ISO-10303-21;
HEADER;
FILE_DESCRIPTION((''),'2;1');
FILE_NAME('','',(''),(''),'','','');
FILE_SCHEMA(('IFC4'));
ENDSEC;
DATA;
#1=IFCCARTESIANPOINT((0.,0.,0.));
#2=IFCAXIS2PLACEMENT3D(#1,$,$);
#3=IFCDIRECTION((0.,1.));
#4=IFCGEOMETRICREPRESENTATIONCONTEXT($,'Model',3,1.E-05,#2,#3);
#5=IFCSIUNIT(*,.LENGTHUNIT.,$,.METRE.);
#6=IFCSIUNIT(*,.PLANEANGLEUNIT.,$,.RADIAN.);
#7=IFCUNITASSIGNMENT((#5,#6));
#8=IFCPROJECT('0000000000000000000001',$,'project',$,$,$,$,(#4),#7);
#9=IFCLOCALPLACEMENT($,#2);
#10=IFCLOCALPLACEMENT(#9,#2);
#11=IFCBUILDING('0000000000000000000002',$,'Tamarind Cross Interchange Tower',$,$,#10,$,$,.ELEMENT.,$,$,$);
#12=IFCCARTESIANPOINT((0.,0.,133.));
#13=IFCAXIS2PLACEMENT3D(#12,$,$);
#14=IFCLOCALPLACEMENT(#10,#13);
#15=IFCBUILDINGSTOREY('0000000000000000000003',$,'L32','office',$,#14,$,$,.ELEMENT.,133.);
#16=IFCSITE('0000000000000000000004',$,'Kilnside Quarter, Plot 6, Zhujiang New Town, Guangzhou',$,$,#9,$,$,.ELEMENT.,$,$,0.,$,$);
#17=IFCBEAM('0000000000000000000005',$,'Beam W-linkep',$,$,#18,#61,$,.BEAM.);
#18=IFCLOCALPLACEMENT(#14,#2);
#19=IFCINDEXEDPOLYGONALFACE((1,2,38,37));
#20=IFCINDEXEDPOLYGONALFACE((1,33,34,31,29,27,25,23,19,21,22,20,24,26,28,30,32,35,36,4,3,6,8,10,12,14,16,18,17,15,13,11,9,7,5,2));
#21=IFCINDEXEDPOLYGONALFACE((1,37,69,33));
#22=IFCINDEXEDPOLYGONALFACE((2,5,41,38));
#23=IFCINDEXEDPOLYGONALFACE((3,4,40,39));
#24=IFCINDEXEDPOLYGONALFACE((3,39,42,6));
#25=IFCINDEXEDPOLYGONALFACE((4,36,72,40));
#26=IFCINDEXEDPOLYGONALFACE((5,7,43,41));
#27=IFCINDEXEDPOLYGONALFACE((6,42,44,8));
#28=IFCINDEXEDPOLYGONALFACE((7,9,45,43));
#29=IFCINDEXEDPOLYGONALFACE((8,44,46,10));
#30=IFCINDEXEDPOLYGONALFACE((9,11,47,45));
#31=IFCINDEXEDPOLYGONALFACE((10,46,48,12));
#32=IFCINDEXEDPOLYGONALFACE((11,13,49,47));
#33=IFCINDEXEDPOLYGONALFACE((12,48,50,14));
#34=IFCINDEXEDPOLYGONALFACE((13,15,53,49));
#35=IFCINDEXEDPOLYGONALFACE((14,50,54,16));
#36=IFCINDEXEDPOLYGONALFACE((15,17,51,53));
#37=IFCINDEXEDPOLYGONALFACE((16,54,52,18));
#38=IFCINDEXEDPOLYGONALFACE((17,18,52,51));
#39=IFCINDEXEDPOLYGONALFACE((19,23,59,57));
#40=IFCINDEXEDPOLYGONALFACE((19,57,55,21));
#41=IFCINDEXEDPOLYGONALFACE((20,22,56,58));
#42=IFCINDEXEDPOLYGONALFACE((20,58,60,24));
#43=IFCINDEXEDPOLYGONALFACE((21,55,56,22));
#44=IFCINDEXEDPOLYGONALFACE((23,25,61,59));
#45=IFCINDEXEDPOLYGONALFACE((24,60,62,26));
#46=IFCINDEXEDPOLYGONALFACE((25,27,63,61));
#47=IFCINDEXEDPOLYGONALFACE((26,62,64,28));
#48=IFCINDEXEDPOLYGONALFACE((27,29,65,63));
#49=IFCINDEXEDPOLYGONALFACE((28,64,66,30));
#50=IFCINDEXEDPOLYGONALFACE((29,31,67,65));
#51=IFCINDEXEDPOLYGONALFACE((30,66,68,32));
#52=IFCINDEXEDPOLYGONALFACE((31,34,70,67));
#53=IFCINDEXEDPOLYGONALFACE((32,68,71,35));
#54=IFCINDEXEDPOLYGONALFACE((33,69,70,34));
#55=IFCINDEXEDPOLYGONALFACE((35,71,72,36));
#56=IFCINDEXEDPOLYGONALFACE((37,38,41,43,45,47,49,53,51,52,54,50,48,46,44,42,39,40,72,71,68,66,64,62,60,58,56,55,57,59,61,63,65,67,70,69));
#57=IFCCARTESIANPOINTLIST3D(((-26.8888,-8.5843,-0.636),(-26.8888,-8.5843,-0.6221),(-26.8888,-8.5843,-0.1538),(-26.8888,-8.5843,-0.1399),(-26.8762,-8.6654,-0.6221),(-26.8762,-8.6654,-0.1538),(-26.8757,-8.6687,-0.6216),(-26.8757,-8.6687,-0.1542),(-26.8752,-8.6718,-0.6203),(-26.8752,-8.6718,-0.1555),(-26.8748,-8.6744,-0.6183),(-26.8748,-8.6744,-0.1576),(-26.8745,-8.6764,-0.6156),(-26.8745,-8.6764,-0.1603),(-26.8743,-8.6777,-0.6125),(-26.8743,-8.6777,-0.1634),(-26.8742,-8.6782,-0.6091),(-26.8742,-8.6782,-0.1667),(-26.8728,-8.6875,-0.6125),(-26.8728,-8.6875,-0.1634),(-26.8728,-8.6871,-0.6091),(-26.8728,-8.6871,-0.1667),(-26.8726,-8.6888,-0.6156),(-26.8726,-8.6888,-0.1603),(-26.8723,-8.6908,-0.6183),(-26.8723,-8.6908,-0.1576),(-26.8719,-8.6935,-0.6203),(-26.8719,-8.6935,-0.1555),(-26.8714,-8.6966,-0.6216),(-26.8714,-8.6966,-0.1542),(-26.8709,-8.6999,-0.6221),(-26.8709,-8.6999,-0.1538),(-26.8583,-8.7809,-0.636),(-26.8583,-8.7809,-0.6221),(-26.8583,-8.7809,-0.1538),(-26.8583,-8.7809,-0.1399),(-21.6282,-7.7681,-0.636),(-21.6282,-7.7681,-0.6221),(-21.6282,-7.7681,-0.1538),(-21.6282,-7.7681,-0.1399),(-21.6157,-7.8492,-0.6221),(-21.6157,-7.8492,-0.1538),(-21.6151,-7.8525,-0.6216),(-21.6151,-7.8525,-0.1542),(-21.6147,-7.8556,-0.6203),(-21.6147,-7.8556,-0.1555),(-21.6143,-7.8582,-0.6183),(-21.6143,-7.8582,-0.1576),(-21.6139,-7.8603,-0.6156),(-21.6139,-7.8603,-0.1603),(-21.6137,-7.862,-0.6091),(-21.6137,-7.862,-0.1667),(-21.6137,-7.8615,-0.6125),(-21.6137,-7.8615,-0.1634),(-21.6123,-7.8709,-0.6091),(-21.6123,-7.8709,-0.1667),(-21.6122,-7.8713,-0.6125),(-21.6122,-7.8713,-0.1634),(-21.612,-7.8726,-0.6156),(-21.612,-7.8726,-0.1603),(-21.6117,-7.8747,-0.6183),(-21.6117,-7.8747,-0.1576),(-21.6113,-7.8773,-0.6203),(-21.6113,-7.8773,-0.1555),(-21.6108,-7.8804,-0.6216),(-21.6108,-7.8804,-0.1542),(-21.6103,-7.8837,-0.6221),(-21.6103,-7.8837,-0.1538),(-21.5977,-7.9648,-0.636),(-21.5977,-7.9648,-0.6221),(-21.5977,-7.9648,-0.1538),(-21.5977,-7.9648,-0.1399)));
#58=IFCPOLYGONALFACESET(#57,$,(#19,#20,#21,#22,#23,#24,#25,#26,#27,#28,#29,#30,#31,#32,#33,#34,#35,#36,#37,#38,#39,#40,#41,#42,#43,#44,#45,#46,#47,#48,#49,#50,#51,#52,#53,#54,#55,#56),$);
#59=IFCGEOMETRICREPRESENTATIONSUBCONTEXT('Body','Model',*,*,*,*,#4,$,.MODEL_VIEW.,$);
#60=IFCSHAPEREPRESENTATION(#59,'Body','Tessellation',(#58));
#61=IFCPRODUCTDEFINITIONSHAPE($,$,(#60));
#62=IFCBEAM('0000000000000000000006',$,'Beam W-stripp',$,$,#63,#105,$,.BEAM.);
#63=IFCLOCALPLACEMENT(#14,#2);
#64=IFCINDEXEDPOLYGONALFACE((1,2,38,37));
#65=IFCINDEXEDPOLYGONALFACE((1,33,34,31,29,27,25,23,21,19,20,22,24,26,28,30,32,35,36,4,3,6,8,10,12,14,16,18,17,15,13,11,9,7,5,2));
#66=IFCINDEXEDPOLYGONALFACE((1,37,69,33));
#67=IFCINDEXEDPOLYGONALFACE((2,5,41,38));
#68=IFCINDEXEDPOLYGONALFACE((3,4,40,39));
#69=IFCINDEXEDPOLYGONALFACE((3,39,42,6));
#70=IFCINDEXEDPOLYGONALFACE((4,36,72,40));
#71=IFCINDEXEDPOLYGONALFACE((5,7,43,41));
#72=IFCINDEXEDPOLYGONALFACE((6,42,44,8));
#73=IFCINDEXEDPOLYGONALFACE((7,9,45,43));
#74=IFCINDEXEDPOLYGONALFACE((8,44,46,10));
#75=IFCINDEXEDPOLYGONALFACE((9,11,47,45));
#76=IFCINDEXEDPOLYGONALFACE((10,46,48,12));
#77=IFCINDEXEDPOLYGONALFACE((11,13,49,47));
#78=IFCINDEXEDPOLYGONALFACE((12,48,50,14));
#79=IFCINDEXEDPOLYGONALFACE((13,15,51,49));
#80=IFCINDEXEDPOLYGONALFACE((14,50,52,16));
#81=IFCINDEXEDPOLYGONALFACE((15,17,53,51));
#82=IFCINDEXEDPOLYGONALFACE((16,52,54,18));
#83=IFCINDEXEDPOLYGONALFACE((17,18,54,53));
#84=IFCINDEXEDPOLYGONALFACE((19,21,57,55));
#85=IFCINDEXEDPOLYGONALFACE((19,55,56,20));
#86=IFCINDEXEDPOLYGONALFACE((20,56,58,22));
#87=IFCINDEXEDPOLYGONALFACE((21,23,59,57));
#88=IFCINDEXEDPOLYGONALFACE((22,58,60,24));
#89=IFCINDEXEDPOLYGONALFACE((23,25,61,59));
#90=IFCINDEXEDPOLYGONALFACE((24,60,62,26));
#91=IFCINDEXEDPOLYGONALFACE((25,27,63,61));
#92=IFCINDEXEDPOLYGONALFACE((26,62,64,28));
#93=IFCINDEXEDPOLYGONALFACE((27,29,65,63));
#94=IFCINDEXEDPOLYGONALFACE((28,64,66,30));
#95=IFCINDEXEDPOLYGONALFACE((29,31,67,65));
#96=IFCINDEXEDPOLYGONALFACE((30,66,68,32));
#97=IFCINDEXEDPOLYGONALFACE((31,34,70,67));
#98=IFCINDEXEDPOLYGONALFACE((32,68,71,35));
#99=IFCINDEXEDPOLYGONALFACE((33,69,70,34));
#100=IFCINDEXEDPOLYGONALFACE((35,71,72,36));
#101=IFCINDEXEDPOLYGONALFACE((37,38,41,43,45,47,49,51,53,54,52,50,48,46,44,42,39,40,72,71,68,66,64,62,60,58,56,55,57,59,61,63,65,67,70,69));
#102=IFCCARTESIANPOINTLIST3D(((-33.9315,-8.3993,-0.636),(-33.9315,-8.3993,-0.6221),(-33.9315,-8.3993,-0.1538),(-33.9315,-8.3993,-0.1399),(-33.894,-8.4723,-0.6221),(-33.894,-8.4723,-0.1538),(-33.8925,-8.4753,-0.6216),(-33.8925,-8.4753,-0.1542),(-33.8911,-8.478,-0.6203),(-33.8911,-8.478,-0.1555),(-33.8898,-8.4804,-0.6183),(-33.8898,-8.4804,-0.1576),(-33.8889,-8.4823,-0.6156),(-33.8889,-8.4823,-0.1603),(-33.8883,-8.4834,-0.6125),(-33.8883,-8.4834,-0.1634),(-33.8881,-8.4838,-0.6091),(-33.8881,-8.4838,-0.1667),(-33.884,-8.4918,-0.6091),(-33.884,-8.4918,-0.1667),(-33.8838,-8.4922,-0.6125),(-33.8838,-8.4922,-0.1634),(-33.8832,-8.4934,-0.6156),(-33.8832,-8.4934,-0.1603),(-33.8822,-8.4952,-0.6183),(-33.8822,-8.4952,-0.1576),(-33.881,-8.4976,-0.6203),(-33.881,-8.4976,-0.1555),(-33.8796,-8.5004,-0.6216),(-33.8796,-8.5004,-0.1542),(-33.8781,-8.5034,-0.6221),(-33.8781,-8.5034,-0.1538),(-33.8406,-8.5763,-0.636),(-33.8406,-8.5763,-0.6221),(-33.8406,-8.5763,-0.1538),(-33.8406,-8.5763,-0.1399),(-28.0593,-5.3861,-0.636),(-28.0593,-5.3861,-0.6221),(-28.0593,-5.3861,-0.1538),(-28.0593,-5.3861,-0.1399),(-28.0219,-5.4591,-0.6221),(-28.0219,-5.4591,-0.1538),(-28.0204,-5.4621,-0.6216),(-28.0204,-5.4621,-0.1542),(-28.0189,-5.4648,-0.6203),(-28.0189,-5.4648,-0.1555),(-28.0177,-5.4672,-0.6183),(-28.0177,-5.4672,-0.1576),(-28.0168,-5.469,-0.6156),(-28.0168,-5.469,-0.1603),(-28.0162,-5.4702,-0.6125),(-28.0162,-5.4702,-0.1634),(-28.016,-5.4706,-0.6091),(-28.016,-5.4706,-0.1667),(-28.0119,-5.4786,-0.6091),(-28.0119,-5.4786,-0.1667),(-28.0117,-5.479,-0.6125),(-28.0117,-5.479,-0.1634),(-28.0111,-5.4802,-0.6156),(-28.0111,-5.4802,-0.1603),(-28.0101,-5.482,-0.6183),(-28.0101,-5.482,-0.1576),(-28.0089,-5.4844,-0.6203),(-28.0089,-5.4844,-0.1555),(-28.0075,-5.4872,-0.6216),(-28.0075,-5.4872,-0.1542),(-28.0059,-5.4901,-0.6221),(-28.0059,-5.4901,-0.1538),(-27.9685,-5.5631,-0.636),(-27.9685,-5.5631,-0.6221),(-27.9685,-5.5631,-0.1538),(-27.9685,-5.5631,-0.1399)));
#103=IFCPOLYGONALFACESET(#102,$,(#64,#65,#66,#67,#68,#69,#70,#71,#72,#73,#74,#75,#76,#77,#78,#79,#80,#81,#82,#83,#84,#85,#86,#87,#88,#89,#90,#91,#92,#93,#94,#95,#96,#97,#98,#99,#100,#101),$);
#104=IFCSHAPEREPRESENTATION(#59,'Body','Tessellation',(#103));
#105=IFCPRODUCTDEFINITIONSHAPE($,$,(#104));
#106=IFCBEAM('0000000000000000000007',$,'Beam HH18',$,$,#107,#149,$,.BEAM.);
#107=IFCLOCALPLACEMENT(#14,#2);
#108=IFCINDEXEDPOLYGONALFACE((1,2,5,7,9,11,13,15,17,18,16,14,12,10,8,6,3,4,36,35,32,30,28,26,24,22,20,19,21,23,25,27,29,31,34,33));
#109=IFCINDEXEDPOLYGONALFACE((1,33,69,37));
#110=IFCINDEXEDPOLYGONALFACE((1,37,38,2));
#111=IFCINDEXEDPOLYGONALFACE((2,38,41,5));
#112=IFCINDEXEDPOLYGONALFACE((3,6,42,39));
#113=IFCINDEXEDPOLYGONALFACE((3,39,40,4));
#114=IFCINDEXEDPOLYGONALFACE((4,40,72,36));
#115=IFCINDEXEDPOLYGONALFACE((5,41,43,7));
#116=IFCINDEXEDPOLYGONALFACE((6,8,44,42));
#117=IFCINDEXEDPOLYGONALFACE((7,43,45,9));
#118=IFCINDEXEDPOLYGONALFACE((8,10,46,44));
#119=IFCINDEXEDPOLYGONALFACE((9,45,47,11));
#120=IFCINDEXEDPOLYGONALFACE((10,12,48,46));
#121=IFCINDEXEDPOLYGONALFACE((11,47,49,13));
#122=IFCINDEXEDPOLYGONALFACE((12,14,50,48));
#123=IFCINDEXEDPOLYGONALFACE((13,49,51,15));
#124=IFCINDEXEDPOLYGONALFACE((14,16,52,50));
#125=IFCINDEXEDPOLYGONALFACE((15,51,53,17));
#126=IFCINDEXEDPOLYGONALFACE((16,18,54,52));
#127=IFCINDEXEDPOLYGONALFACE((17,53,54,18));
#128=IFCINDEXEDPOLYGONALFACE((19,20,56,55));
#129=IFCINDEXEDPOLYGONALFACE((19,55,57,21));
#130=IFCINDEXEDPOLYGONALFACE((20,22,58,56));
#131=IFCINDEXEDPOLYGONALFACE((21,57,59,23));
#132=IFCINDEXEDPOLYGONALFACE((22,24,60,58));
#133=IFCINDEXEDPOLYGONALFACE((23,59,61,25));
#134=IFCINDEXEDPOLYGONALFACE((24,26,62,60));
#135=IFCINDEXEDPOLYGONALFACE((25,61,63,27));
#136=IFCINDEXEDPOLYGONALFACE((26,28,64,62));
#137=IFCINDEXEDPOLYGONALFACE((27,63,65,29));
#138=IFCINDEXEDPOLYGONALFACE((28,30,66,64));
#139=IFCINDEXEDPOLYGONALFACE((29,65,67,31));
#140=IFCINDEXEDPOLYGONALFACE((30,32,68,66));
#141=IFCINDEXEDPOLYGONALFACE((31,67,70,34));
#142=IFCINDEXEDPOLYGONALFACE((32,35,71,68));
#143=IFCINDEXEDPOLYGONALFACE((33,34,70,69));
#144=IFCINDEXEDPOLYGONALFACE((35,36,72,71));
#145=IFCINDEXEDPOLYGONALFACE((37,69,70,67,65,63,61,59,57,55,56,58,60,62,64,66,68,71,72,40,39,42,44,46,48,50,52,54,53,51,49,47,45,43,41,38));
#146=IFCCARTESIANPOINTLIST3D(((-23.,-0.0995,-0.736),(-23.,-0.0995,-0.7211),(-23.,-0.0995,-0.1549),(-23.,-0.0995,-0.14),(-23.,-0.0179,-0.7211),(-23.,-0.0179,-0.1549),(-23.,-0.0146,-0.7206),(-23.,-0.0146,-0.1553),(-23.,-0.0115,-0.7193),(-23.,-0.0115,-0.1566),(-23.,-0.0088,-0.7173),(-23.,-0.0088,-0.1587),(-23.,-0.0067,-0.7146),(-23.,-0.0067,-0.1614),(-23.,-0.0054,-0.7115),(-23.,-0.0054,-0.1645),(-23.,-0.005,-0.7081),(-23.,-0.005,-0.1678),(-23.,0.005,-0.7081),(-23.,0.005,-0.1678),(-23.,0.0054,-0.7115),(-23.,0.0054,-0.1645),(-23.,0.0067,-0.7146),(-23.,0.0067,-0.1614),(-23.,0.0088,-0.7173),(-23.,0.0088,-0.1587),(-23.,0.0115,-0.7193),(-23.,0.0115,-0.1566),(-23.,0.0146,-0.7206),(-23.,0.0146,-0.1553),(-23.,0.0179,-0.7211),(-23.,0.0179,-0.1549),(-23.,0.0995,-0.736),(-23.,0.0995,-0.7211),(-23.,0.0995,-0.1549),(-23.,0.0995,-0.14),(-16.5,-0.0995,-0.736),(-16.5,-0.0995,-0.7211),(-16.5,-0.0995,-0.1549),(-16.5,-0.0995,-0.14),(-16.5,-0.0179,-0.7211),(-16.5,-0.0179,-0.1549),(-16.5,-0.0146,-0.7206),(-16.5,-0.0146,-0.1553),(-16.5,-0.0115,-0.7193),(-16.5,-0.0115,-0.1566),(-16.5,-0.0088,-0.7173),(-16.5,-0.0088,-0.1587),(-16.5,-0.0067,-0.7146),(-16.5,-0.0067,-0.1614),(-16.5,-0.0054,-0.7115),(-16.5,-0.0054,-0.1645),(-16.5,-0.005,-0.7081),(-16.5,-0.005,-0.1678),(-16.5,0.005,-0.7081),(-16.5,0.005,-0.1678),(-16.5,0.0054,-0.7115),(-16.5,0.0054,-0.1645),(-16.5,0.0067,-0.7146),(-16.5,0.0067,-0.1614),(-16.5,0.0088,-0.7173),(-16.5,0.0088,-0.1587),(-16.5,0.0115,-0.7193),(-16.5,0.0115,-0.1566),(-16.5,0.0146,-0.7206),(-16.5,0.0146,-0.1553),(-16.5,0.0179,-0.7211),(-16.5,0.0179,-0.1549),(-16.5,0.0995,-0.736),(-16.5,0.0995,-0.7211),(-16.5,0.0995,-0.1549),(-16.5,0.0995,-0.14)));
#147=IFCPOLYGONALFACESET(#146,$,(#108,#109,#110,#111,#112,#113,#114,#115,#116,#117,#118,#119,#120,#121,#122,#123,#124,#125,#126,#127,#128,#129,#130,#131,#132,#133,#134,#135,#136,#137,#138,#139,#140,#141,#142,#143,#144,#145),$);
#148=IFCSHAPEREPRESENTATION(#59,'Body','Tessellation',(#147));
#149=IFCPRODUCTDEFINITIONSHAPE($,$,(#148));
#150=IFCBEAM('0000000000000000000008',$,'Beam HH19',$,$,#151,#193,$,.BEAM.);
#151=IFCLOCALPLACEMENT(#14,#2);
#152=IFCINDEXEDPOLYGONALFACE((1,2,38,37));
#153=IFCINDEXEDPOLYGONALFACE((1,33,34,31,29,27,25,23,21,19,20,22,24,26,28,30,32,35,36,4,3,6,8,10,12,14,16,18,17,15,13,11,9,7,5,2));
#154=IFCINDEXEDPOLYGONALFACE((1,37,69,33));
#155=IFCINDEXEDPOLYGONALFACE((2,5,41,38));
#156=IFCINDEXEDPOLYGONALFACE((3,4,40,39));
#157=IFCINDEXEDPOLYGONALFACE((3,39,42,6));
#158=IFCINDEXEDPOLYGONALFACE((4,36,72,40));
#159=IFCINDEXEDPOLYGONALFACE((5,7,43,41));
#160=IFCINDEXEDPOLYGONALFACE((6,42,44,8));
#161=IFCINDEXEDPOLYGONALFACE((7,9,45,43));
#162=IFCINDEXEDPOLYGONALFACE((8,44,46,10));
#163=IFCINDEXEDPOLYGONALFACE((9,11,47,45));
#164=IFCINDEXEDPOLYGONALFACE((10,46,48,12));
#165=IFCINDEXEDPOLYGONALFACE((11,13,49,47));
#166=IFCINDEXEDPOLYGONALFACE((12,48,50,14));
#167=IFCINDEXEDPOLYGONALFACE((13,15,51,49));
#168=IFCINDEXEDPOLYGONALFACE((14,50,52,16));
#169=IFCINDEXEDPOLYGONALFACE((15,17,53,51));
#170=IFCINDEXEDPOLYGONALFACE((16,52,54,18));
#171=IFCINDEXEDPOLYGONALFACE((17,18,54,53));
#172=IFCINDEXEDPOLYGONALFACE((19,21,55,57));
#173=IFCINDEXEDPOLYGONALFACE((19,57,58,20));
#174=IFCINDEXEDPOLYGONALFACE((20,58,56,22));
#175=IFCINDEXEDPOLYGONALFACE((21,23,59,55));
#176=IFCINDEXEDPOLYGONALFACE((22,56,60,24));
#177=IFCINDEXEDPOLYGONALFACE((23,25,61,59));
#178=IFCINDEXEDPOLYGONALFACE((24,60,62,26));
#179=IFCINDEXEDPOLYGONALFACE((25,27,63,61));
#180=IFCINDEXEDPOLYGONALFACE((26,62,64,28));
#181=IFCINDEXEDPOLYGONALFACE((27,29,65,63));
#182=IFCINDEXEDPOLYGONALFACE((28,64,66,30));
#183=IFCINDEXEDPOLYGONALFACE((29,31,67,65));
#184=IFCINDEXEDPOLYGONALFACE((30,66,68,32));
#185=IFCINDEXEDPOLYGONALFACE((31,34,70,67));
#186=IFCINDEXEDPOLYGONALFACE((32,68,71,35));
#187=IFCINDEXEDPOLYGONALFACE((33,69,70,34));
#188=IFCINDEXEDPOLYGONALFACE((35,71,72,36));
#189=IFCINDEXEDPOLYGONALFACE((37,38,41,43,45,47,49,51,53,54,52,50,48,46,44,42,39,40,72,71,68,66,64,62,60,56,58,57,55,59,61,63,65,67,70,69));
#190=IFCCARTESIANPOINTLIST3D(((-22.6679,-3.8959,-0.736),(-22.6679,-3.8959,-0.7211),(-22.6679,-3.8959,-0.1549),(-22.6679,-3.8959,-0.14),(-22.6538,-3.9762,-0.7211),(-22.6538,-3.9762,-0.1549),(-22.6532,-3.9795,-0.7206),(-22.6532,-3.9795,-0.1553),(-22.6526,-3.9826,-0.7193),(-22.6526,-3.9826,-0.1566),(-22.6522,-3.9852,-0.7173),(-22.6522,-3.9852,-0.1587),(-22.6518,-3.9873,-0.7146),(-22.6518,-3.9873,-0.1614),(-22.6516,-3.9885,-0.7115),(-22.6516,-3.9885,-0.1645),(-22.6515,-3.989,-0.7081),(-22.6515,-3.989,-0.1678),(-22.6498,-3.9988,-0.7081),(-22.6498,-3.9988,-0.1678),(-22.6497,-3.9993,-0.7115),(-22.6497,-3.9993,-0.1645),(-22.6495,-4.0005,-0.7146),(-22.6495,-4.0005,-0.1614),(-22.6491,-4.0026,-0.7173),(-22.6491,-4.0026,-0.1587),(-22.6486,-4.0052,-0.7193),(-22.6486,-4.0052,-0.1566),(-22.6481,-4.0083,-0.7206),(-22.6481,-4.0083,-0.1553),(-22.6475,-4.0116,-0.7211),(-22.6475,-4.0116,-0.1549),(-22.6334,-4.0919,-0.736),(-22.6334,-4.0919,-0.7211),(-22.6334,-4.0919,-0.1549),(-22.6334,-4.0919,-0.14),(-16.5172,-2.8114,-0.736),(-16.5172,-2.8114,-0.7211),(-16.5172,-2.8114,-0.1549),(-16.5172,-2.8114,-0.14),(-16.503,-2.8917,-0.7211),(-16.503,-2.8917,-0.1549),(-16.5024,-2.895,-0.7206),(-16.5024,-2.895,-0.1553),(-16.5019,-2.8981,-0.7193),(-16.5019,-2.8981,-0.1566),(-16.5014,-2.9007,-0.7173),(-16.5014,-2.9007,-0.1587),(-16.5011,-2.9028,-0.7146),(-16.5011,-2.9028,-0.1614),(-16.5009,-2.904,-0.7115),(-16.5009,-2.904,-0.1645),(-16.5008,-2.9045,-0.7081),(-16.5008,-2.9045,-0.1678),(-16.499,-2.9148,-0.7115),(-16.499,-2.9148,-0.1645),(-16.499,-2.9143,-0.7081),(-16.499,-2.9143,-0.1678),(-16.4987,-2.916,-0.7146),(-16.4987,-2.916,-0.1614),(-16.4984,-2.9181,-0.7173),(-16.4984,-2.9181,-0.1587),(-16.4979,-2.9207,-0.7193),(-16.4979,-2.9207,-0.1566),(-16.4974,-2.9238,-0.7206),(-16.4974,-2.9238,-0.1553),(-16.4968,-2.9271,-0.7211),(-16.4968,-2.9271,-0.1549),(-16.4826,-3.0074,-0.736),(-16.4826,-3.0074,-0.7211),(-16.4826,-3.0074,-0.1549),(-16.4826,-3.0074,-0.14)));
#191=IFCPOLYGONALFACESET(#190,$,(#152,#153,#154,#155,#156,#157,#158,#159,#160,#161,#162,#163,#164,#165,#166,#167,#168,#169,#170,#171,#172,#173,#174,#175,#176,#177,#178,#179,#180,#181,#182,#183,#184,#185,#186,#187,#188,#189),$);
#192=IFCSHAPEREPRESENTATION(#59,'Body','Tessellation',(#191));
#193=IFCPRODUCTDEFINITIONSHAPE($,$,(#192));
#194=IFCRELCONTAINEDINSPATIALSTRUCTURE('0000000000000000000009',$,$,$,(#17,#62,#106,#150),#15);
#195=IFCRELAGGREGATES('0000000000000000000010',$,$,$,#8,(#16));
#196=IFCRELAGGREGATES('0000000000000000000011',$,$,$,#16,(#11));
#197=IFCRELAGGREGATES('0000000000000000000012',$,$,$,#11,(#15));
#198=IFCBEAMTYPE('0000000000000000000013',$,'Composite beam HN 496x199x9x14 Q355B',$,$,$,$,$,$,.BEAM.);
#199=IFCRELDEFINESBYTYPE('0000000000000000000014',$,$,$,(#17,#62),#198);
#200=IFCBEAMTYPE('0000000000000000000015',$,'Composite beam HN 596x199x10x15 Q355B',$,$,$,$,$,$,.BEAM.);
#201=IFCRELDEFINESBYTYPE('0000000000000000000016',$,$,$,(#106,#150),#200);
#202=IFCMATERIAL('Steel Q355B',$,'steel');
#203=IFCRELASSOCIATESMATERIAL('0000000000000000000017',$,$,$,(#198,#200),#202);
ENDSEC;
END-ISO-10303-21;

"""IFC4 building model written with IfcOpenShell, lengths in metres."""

from ifc_helpers import new_model, si_unit, direction, frame, origin, origin_2d, place, context, subcontext, project, spatial, i_section, extrude, material, material_profile, profile_set, type_object, element, save


model = new_model("IFC4")

# Units and contexts
model_context = context("Model", 3, precision=1e-05, world=origin(), true_north=direction((0.0, 1.0)))
body_context = subcontext(model_context, "Body", "Model", "MODEL_VIEW")
ifc_project = project(units=[si_unit("LENGTHUNIT", "METRE"), si_unit("PLANEANGLEUNIT", "RADIAN")], contexts=[model_context])

# Site, building, storey
site_placement = place(None, origin())
site = spatial("IfcSite", under=ifc_project, at=site_placement, Name="Kilnside Quarter, Plot 6, Zhujiang New Town, Guangzhou", CompositionType="ELEMENT", RefElevation=0.0)
building_placement = place(site_placement, origin())
building = spatial("IfcBuilding", under=site, at=building_placement, Name="Tamarind Cross Interchange Tower", CompositionType="ELEMENT")
storey_placement = place(building_placement, frame((0.0, 0.0, 133.0)))
storey = spatial("IfcBuildingStorey", under=building, at=storey_placement, Name="L32", Description="office", CompositionType="ELEMENT", Elevation=133.0)

# Beams
ifc_material_1 = material(Name="Steel Q355B", Category="steel")
ifc_material_profile_1 = material_profile(ifc_material_1, i_section(OverallWidth=0.199, OverallDepth=0.4961, WebThickness=0.009, FlangeThickness=0.0139, FilletRadius=0.0129, at=origin_2d()), Name="HN 496x199x9x14")
ifc_profile_set_1 = profile_set([ifc_material_profile_1], Name="Steel Q355B")
beam_type_1 = type_object("IfcBeamType", Name="Composite beam HN 496x199x9x14 Q355B", PredefinedType="BEAM", material=ifc_profile_set_1)
beam_1_placement = place(storey_placement, frame((-26.8735, -8.6826, -0.3879), z_axis=(0.988177, 0.153315, 0.0), x_axis=(-0.153315, 0.988177, 0.0)))
element("IfcBeam", 1, at=beam_1_placement, inside=storey, type_object=beam_type_1, Name="Beam W-linkep", PredefinedType="BEAM", context=body_context, shape_type="SweptSolid", body=[
    extrude(i_section(OverallWidth=0.199, OverallDepth=0.4961, WebThickness=0.009, FlangeThickness=0.0139, FilletRadius=0.0129, at=origin_2d()), origin(), (0.0, 0.0, 1.0), 5.3235),
])
beam_2_placement = place(storey_placement, frame((-28.0139, -5.4746, -0.3879), z_axis=(-0.889703, -0.45654, 0.0), x_axis=(0.45654, -0.889703, 0.0)))
element("IfcBeam", 2, at=beam_2_placement, inside=storey, type_object=beam_type_1, Name="Beam W-stripp", PredefinedType="BEAM", context=body_context, shape_type="SweptSolid", body=[
    extrude(i_section(OverallWidth=0.199, OverallDepth=0.4961, WebThickness=0.009, FlangeThickness=0.0139, FilletRadius=0.0129, at=origin_2d()), origin(), (0.0, 0.0, 1.0), 6.6001),
])
ifc_material_profile_2 = material_profile(ifc_material_1, i_section(OverallWidth=0.199, OverallDepth=0.5959, WebThickness=0.01, FlangeThickness=0.0149, FilletRadius=0.0129, at=origin_2d()), Name="HN 596x199x10x15")
ifc_profile_set_2 = profile_set([ifc_material_profile_2], Name="Steel Q355B")
beam_type_2 = type_object("IfcBeamType", Name="Composite beam HN 596x199x10x15 Q355B", PredefinedType="BEAM", material=ifc_profile_set_2)
beam_3_placement = place(storey_placement, frame((-23.0, 0.0, -0.438), z_axis=(1.0, 0.0, 0.0), x_axis=(0.0, 1.0, 0.0)))
element("IfcBeam", 3, at=beam_3_placement, inside=storey, type_object=beam_type_2, Name="Beam HH18", PredefinedType="BEAM", context=body_context, shape_type="SweptSolid", body=[
    extrude(i_section(OverallWidth=0.199, OverallDepth=0.5959, WebThickness=0.01, FlangeThickness=0.0149, FilletRadius=0.0129, at=origin_2d()), origin(), (0.0, 0.0, 1.0), 6.5),
])
beam_4_placement = place(storey_placement, frame((-22.6506, -3.9939, -0.438), z_axis=(0.984809, 0.17364, 0.0), x_axis=(-0.17364, 0.984809, 0.0)))
element("IfcBeam", 4, at=beam_4_placement, inside=storey, type_object=beam_type_2, Name="Beam HH19", PredefinedType="BEAM", context=body_context, shape_type="SweptSolid", body=[
    extrude(i_section(OverallWidth=0.199, OverallDepth=0.5959, WebThickness=0.01, FlangeThickness=0.0149, FilletRadius=0.0129, at=origin_2d()), origin(), (0.0, 0.0, 1.0), 6.2456),
])

save(model, "model.ifc")
